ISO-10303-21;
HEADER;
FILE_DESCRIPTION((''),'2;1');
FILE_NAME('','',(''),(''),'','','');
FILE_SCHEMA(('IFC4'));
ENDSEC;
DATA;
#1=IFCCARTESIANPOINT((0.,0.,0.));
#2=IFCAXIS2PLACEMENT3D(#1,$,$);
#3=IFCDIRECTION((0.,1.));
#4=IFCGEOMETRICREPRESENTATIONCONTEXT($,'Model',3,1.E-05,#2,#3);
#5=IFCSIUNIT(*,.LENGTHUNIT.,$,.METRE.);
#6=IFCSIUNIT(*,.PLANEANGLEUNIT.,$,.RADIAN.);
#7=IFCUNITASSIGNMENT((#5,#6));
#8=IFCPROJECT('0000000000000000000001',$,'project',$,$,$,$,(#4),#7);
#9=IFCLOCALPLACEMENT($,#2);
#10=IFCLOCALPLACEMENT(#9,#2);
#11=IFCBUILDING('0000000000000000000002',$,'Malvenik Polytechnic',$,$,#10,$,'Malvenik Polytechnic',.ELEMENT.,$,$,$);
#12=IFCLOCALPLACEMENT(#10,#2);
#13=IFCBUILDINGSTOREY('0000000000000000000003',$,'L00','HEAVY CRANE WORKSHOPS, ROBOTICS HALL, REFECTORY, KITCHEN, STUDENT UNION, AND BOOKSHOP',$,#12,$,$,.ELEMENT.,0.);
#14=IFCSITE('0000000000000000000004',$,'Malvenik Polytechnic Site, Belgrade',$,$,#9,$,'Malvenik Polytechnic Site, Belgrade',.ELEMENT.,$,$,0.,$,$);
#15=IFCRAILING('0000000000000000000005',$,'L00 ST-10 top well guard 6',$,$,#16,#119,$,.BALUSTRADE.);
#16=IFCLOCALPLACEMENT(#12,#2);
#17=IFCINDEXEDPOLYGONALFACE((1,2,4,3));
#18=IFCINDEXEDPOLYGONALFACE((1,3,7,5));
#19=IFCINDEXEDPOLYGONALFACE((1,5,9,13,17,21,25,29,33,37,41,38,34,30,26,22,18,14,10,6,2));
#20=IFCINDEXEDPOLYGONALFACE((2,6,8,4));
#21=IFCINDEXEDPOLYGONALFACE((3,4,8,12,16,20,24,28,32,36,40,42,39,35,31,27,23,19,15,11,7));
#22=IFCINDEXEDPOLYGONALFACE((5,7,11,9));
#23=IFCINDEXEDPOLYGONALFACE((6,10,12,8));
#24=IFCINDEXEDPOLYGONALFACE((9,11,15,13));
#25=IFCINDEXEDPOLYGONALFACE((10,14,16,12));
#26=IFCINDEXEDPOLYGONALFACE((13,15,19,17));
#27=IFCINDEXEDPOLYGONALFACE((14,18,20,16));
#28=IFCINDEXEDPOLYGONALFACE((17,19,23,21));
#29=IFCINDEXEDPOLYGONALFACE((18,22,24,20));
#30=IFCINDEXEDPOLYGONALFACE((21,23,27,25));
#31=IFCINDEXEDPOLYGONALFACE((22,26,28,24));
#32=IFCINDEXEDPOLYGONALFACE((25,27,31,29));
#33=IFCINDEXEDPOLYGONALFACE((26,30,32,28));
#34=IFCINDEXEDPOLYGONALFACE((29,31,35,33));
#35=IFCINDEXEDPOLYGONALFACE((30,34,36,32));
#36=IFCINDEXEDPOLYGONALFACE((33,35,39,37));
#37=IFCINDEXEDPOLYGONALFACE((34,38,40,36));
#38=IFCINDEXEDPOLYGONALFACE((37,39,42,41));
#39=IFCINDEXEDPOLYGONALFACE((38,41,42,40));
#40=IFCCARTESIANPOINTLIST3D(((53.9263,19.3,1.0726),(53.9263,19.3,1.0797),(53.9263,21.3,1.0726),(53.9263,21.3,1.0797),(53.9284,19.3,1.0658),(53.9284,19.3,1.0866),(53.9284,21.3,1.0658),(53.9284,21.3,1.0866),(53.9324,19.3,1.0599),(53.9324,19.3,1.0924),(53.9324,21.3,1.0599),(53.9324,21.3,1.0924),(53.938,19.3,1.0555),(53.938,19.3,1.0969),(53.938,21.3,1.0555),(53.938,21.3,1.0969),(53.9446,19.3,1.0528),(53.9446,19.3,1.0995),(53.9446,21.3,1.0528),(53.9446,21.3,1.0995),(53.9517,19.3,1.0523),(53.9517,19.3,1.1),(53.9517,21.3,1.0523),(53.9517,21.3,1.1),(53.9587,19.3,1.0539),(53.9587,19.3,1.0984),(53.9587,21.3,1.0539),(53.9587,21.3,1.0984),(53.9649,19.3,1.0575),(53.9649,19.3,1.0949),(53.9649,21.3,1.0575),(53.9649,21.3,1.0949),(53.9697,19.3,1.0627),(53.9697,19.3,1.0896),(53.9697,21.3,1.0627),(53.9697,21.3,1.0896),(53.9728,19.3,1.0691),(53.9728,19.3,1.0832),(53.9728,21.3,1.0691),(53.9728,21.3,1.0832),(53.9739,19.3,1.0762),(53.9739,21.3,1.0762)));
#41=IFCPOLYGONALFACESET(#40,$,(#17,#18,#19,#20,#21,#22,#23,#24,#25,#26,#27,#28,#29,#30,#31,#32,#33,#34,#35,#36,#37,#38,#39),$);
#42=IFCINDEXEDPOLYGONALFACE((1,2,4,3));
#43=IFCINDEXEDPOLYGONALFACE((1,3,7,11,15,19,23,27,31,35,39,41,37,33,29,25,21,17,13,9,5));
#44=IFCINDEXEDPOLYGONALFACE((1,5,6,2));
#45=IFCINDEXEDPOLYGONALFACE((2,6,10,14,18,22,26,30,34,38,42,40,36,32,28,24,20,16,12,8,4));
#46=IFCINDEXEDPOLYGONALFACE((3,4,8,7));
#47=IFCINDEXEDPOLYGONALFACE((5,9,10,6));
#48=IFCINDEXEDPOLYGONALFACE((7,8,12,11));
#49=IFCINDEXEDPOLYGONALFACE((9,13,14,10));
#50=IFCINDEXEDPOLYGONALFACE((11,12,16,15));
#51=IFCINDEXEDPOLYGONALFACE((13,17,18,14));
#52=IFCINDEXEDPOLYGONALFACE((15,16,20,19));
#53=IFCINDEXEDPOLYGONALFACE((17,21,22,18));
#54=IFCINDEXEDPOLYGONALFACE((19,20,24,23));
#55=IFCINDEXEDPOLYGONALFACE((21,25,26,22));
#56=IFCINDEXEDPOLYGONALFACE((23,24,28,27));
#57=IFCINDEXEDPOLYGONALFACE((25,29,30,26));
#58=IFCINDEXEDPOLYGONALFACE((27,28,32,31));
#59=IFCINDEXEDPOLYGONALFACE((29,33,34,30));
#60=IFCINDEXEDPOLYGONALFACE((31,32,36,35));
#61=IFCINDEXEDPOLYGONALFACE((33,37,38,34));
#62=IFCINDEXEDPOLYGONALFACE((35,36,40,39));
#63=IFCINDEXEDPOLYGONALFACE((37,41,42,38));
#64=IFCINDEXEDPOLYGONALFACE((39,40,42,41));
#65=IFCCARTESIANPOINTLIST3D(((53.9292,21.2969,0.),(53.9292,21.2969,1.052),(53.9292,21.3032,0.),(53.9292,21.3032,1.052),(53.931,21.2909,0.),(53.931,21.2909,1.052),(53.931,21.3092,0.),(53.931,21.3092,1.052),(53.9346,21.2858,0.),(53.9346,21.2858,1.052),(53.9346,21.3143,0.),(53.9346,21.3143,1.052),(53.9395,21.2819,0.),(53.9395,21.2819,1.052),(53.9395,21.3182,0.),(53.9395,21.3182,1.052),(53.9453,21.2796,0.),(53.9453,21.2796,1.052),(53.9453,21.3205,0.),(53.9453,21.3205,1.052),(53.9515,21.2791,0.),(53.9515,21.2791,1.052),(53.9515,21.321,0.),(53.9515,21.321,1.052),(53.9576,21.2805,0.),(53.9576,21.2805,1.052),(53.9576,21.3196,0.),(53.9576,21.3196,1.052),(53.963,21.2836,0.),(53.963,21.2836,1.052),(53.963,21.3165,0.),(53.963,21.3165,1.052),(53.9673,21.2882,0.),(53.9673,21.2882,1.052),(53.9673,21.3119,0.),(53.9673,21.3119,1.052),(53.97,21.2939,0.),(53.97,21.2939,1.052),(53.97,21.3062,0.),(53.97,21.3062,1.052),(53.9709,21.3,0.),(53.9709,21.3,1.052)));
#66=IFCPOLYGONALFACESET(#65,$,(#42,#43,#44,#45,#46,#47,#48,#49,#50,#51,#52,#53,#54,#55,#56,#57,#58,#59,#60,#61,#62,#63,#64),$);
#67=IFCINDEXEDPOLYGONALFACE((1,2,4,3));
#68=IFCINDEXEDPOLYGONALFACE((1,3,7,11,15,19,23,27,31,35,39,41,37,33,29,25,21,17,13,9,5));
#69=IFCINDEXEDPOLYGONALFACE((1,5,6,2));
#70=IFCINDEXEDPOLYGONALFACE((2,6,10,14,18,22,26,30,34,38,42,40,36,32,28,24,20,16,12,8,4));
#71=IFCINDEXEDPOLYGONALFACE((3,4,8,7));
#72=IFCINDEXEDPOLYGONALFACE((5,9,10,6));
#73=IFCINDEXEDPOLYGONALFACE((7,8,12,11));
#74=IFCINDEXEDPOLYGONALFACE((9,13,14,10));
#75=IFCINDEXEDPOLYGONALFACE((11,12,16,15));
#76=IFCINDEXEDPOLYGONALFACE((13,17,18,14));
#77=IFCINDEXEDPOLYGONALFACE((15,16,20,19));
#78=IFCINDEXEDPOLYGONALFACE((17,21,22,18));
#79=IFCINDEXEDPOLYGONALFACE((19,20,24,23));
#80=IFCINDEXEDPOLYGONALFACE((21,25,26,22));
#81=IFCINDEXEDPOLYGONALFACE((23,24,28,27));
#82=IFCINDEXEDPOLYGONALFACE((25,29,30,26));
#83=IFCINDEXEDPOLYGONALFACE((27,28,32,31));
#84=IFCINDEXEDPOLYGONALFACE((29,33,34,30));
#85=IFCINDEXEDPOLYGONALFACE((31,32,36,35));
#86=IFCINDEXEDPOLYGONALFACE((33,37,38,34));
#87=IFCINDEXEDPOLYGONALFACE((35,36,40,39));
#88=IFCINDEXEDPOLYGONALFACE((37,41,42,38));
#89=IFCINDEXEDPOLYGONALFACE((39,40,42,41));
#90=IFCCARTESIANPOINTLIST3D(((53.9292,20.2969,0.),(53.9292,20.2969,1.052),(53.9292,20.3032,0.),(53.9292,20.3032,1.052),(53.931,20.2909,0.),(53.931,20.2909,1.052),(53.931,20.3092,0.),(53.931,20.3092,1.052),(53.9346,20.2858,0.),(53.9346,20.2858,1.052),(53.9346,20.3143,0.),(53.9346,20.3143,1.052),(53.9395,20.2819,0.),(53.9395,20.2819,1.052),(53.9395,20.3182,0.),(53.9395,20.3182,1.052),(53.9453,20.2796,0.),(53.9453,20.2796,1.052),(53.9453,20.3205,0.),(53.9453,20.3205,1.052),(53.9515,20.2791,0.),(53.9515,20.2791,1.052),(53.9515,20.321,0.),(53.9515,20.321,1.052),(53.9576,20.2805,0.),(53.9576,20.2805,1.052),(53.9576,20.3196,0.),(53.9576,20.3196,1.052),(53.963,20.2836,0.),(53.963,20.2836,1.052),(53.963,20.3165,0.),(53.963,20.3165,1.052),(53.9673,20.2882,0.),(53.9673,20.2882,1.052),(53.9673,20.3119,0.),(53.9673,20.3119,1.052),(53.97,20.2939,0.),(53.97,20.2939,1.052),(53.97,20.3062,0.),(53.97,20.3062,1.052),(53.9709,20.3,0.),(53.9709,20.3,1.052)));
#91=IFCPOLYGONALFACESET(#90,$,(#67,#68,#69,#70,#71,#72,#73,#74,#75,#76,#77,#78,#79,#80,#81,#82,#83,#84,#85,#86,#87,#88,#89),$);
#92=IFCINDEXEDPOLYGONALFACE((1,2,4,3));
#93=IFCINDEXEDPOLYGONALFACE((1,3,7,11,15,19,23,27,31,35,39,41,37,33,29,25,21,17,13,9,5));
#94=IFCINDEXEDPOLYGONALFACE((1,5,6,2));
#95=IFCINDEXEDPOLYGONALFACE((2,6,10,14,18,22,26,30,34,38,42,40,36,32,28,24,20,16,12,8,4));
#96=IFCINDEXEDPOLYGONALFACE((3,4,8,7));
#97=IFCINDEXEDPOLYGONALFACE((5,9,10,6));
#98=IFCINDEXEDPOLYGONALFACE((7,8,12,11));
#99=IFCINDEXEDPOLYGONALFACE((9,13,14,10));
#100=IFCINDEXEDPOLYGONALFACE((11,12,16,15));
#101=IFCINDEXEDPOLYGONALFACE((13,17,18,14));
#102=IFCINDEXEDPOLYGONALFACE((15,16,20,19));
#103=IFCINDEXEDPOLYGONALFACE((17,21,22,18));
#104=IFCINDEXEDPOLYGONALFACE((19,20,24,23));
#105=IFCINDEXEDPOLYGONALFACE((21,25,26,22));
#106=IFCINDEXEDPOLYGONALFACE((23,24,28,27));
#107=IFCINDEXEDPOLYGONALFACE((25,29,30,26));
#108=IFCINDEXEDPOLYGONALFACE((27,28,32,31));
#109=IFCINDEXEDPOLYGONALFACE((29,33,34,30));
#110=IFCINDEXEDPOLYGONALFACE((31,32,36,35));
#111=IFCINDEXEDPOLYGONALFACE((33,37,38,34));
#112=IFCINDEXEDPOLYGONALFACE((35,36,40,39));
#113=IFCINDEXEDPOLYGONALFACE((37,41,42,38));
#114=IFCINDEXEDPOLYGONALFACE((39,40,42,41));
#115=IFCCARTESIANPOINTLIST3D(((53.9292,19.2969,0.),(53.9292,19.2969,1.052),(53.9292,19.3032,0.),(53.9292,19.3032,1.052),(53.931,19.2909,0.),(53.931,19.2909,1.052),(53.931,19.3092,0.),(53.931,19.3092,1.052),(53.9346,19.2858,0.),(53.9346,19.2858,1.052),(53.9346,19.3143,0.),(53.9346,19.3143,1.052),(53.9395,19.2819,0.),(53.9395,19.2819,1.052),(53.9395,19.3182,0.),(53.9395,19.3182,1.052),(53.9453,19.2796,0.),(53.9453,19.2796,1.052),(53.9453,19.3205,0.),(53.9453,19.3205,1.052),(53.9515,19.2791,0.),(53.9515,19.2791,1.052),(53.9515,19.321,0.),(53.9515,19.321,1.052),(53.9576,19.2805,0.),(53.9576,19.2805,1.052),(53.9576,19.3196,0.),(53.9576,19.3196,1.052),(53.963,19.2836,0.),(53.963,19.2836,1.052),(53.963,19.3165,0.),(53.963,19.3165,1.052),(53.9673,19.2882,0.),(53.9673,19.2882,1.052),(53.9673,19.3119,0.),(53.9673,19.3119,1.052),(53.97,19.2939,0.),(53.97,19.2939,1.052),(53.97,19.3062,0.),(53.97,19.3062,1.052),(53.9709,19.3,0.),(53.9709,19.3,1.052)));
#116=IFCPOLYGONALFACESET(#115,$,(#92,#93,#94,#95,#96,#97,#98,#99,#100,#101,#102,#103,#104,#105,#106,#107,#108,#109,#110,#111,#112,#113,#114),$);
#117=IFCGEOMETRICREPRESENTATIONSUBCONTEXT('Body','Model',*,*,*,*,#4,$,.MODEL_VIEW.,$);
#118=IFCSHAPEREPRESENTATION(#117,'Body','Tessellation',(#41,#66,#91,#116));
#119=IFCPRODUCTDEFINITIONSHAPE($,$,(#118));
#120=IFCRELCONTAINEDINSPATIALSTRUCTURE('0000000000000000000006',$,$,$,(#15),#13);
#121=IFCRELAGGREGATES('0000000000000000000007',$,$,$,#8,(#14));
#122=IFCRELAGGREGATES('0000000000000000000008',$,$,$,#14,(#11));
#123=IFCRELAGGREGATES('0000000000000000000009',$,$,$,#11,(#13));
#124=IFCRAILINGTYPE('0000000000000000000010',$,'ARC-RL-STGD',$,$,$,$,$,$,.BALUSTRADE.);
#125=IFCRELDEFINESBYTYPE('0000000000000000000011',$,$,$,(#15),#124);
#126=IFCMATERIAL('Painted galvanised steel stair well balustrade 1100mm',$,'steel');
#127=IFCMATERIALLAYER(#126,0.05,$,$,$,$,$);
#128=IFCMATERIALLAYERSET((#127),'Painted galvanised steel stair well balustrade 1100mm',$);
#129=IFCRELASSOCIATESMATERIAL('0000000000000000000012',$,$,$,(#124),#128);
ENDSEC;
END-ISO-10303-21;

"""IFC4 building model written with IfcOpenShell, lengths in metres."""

from ifc_helpers import new_model, si_unit, direction, frame, origin, origin_2d, place, context, subcontext, project, spatial, circle, extrude, material, layer, layer_set, type_object, element, save


model = new_model("IFC4")

# Units and contexts
model_context = context("Model", 3, precision=1e-05, world=origin(), true_north=direction((0.0, 1.0)))
body_context = subcontext(model_context, "Body", "Model", "MODEL_VIEW")
ifc_project = project(units=[si_unit("LENGTHUNIT", "METRE"), si_unit("PLANEANGLEUNIT", "RADIAN")], contexts=[model_context])

# Site, building, storey
site_placement = place(None, origin())
site = spatial("IfcSite", under=ifc_project, at=site_placement, Name="Malvenik Polytechnic Site, Belgrade", LongName="Malvenik Polytechnic Site, Belgrade", CompositionType="ELEMENT", RefElevation=0.0)
building_placement = place(site_placement, origin())
building = spatial("IfcBuilding", under=site, at=building_placement, Name="Malvenik Polytechnic", LongName="Malvenik Polytechnic", CompositionType="ELEMENT")
storey_placement = place(building_placement, origin())
storey = spatial("IfcBuildingStorey", under=building, at=storey_placement, Name="L00", Description="HEAVY CRANE WORKSHOPS, ROBOTICS HALL, REFECTORY, KITCHEN, STUDENT UNION, AND BOOKSHOP", CompositionType="ELEMENT", Elevation=0.0)

# Railing
ifc_material_1 = material(Name="Painted galvanised steel stair well balustrade 1100mm", Category="steel")
ifc_layer_1 = layer(ifc_material_1, 0.05)
ifc_layer_set_1 = layer_set([ifc_layer_1], Name="Painted galvanised steel stair well balustrade 1100mm")
railing_type_1 = type_object("IfcRailingType", Name="ARC-RL-STGD", PredefinedType="BALUSTRADE", material=ifc_layer_set_1)
for number, where, name in (
    (1, (53.95, 21.3, 0.0), "L00 ST-10 top well guard 6"),
):
    element("IfcRailing", number, at=place(storey_placement, frame(where)), inside=storey, type_object=railing_type_1, Name=name, PredefinedType="BALUSTRADE", context=body_context, shape_type="SweptSolid", body=[
        extrude(circle(Radius=0.0239, at=origin_2d()), frame((0.0, 0.0, 1.0762), z_axis=(0.0, -1.0, 0.0), x_axis=(1.0, 0.0, 0.0)), (0.0, 0.0, 1.0), 2.0),
        extrude(circle(Radius=0.021, at=origin_2d()), origin(), (0.0, 0.0, 1.0), 1.052),
        extrude(circle(Radius=0.021, at=origin_2d()), frame((0.0, -1.0, 0.0)), (0.0, 0.0, 1.0), 1.052),
        extrude(circle(Radius=0.021, at=origin_2d()), frame((0.0, -2.0, 0.0)), (0.0, 0.0, 1.0), 1.052),
    ])

save(model, "model.ifc")
